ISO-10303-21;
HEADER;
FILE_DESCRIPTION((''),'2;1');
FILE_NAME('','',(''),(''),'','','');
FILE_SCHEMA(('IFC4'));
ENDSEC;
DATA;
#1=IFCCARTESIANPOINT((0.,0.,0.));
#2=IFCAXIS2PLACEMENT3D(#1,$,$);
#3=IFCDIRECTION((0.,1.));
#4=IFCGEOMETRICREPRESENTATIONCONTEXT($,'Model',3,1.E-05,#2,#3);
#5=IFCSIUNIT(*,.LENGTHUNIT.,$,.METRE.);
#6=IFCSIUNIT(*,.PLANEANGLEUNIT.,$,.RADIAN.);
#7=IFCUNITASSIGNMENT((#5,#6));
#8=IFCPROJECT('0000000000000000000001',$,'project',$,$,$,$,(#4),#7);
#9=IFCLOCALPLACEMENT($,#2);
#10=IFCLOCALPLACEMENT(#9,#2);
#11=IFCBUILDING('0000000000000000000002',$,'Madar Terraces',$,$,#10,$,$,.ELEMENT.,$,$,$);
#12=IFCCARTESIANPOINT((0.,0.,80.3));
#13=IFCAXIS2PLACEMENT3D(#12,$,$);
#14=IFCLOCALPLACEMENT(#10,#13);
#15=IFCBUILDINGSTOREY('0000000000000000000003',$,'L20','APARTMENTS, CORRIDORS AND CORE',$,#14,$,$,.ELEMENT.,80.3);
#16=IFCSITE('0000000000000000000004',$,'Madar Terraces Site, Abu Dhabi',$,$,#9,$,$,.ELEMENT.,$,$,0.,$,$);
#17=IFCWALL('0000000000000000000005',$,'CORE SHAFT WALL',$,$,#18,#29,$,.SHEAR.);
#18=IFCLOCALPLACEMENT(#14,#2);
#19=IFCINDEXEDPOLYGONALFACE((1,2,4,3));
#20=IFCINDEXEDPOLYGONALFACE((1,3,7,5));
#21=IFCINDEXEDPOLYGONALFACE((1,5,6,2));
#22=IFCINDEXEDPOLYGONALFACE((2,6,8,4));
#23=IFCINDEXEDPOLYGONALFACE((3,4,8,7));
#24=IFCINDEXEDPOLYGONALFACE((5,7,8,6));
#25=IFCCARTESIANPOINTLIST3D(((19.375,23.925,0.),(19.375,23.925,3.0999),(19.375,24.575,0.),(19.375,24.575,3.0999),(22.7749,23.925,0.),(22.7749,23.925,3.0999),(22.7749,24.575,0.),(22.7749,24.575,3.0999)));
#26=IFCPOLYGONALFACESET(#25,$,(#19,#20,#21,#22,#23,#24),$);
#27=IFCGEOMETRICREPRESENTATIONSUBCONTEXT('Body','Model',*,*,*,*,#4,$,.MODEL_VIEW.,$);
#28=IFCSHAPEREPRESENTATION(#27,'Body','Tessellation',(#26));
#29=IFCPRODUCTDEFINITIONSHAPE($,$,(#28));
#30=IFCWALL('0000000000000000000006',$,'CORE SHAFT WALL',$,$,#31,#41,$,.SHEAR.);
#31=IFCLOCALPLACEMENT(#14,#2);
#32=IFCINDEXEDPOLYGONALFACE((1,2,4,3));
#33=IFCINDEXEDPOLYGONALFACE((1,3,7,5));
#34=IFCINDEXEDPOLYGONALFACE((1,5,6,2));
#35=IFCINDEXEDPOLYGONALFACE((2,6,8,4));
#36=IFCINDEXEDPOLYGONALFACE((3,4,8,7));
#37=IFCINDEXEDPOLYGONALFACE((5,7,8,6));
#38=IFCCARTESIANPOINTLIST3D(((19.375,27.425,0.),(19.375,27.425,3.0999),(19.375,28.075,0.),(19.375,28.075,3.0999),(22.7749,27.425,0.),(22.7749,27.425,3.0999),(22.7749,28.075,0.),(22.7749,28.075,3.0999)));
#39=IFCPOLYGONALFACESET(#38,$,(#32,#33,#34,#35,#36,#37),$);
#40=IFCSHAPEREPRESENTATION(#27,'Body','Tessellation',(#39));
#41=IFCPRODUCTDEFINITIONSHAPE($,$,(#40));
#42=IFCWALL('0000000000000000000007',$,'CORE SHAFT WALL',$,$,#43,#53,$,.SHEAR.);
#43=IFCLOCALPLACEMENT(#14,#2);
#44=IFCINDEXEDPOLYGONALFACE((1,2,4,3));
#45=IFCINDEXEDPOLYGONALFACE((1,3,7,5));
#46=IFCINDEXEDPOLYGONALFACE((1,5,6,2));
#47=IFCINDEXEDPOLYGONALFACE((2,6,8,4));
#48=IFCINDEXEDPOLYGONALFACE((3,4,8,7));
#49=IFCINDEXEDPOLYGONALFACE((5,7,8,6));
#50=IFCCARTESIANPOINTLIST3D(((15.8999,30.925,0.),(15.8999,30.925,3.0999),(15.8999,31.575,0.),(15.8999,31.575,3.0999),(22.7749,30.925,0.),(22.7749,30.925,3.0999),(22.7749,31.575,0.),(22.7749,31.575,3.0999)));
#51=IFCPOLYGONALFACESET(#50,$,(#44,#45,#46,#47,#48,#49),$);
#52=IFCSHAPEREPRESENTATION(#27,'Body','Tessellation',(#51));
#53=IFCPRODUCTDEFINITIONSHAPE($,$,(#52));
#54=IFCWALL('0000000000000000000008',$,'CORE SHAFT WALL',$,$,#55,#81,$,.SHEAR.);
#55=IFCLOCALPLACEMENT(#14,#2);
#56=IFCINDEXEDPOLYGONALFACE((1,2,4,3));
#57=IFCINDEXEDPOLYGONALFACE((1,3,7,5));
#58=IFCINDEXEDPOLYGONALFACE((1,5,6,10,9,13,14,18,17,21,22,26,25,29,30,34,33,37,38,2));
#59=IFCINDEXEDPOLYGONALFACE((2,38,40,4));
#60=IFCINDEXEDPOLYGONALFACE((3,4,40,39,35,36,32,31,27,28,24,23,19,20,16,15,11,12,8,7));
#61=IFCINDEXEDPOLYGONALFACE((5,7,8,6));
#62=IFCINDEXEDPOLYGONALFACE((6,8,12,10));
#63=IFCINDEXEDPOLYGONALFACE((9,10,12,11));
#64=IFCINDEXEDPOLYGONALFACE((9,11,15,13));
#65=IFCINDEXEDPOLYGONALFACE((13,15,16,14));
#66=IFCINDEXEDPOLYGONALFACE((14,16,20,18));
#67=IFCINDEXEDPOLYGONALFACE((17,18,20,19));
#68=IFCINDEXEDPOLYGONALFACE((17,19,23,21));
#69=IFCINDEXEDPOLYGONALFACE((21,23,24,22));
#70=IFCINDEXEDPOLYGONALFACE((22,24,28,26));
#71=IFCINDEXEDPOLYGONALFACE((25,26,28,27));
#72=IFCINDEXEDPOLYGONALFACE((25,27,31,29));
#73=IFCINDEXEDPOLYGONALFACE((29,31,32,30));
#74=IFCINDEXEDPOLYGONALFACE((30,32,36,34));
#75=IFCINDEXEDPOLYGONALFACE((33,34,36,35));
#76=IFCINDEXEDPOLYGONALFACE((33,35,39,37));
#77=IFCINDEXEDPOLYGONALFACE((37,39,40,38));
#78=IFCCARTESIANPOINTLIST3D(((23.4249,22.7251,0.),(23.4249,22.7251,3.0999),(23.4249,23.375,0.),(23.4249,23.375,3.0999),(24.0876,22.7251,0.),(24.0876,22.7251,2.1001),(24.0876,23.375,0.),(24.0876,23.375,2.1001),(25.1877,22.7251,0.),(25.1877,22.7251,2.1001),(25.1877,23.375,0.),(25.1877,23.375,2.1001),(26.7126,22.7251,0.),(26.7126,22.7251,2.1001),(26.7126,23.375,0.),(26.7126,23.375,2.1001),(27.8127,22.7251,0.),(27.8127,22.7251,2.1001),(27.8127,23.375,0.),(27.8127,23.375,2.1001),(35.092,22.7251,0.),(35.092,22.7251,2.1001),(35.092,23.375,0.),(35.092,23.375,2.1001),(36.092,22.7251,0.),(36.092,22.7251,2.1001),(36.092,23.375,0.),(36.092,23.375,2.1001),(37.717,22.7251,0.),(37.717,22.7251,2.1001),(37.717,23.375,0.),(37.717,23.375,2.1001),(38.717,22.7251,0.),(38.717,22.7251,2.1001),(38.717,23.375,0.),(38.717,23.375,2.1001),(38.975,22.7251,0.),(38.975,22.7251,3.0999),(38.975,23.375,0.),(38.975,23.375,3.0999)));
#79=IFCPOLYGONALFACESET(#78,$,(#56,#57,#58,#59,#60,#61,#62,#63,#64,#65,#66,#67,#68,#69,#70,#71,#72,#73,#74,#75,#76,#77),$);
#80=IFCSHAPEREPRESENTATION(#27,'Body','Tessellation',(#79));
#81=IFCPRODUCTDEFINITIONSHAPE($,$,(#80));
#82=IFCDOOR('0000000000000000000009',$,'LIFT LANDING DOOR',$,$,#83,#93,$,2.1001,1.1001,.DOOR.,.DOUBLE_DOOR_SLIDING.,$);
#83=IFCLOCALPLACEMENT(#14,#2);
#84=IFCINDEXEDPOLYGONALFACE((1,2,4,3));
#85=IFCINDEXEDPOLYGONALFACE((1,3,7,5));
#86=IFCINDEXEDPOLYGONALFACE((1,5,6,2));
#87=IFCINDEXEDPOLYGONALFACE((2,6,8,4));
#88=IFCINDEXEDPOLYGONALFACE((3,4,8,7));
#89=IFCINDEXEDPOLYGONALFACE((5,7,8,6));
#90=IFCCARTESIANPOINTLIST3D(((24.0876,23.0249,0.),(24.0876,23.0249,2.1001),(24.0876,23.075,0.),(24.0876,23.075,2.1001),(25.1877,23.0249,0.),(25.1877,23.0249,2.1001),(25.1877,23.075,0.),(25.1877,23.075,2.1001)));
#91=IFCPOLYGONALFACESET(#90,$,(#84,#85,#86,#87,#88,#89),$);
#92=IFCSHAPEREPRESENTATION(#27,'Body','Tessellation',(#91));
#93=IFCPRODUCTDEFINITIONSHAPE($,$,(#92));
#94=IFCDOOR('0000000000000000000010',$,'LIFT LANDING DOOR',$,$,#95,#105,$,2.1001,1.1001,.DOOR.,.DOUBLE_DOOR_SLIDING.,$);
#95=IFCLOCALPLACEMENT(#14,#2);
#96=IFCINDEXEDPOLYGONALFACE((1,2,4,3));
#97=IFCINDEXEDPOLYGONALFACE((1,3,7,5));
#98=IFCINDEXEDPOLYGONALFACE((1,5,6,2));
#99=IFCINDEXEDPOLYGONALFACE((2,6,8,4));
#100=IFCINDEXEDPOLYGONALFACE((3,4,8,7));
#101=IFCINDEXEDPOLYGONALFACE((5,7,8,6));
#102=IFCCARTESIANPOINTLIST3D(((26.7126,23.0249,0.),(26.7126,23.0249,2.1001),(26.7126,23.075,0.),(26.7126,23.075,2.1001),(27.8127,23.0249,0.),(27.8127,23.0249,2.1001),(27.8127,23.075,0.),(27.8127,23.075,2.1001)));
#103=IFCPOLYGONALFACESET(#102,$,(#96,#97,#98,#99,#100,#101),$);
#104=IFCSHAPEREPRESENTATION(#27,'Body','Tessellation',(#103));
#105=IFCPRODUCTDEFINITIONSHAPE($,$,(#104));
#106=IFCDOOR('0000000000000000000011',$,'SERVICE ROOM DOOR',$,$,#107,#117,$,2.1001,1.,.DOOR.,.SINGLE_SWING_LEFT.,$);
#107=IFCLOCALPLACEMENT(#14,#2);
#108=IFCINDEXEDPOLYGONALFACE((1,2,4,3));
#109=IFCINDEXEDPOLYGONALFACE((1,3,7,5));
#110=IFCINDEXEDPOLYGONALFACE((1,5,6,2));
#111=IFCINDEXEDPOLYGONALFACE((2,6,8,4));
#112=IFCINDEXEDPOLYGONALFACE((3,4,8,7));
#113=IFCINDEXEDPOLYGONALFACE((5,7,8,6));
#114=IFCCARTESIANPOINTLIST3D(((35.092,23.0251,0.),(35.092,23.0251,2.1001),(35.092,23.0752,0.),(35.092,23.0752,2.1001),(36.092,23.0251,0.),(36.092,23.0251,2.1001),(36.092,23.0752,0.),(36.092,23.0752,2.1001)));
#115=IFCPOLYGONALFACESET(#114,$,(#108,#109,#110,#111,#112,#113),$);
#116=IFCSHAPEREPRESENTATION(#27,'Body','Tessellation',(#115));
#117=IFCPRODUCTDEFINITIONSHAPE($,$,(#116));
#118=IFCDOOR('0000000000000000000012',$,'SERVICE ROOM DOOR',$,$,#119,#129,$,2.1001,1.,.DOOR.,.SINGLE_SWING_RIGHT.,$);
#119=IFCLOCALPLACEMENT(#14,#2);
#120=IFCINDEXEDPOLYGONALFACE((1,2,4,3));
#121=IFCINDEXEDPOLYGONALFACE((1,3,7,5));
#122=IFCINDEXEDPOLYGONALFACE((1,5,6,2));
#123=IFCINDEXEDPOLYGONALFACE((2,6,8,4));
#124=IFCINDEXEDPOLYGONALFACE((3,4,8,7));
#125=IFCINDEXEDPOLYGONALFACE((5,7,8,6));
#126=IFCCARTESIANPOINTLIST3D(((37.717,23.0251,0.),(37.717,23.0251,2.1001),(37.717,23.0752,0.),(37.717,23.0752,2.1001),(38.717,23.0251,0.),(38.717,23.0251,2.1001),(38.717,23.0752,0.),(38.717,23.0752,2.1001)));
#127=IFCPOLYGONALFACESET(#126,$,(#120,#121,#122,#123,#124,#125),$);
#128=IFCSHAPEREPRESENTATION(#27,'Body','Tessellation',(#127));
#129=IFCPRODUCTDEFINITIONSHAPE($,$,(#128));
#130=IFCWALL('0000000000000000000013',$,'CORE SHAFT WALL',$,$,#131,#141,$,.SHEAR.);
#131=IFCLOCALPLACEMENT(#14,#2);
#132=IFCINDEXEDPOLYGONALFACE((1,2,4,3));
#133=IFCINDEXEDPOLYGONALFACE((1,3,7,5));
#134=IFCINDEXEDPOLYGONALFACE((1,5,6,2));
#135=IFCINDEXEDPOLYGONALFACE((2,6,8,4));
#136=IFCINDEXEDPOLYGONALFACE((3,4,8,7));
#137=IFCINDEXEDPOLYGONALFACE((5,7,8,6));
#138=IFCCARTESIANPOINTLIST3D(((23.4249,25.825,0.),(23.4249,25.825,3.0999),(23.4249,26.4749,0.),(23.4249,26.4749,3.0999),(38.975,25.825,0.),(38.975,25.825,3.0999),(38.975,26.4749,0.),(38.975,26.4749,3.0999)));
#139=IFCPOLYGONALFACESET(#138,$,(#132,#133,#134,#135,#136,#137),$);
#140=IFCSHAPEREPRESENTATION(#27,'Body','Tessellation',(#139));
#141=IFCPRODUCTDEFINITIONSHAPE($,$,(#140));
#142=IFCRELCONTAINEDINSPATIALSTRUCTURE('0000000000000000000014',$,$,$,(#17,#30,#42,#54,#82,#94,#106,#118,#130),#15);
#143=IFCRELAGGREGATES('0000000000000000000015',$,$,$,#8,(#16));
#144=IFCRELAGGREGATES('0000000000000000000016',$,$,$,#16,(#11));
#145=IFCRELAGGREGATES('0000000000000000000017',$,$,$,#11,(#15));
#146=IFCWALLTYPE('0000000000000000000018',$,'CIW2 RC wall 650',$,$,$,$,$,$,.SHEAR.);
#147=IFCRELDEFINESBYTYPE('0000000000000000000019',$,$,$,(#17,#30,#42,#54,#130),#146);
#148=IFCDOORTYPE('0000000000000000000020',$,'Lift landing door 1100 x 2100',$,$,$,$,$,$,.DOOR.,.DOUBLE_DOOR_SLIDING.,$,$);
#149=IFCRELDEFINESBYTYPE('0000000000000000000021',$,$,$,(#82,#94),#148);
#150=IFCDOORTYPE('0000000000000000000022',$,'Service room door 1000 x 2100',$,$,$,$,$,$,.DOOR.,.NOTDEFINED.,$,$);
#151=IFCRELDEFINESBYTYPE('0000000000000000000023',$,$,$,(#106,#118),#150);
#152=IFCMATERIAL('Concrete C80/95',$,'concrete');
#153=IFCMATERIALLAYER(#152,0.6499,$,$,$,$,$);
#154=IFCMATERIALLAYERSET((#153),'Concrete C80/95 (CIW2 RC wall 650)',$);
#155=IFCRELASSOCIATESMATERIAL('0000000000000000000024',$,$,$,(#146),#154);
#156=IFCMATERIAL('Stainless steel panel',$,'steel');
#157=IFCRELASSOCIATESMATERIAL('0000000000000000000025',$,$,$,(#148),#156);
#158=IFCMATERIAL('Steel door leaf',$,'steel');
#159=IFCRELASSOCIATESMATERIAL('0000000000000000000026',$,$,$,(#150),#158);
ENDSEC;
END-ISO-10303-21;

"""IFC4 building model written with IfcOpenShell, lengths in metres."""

from ifc_helpers import new_model, si_unit, direction, frame, frame_2d, origin, place, context, subcontext, project, spatial, rectangle, extrude, material, layer, layer_set, type_object, element, fill, save


model = new_model("IFC4")

# Units and contexts
model_context = context("Model", 3, precision=1e-05, world=origin(), true_north=direction((0.0, 1.0)))
body_context = subcontext(model_context, "Body", "Model", "MODEL_VIEW")
ifc_project = project(units=[si_unit("LENGTHUNIT", "METRE"), si_unit("PLANEANGLEUNIT", "RADIAN")], contexts=[model_context])

# Site, building, storey
site_placement = place(None, origin())
site = spatial("IfcSite", under=ifc_project, at=site_placement, Name="Madar Terraces Site, Abu Dhabi", CompositionType="ELEMENT", RefElevation=0.0)
building_placement = place(site_placement, origin())
building = spatial("IfcBuilding", under=site, at=building_placement, Name="Madar Terraces", CompositionType="ELEMENT")
storey_placement = place(building_placement, frame((0.0, 0.0, 80.3)))
storey = spatial("IfcBuildingStorey", under=building, at=storey_placement, Name="L20", Description="APARTMENTS, CORRIDORS AND CORE", CompositionType="ELEMENT", Elevation=80.3)

# Walls
ifc_material_1 = material(Name="Concrete C80/95", Category="concrete")
ifc_layer_1 = layer(ifc_material_1, 0.6499)
ifc_layer_set_1 = layer_set([ifc_layer_1], Name="Concrete C80/95 (CIW2 RC wall 650)")
wall_type_1 = type_object("IfcWallType", Name="CIW2 RC wall 650", PredefinedType="SHEAR", material=ifc_layer_set_1)
for number, where, z_axis, x_axis, name in (
    (1, (19.375, 24.25, 0.0), (0.0, 0.0, 1.0), (1.0, 0.0, 0.0), "CORE SHAFT WALL"),
    (2, (19.375, 27.75, 0.0), (0.0, 0.0, 1.0), (1.0, 0.0, 0.0), "CORE SHAFT WALL"),
):
    element("IfcWall", number, at=place(storey_placement, frame(where, z_axis=z_axis, x_axis=x_axis)), inside=storey, type_object=wall_type_1, Name=name, PredefinedType="SHEAR", context=body_context, shape_type="SweptSolid", body=[
        extrude(rectangle(XDim=3.3999, YDim=0.6499, at=frame_2d((1.7, 0.0))), origin(), (0.0, 0.0, 1.0), 3.0999),
    ])
wall_1_placement = place(storey_placement, frame((15.8999, 31.25, 0.0), z_axis=(0.0, 0.0, 1.0), x_axis=(1.0, 0.0, 0.0)))
element("IfcWall", 3, at=wall_1_placement, inside=storey, type_object=wall_type_1, Name="CORE SHAFT WALL", PredefinedType="SHEAR", context=body_context, shape_type="SweptSolid", body=[
    extrude(rectangle(XDim=6.875, YDim=0.6499, at=frame_2d((3.4375, 0.0))), origin(), (0.0, 0.0, 1.0), 3.0999),
])

# Wall, openings, doors
wall_2_placement = place(storey_placement, frame((23.425, 23.05, 0.0), z_axis=(0.0, 0.0, 1.0), x_axis=(1.0, 0.0, 0.0)))
wall_2 = element("IfcWall", 4, at=wall_2_placement, inside=storey, type_object=wall_type_1, Name="CORE SHAFT WALL", PredefinedType="SHEAR", context=body_context, shape_type="SweptSolid", body=[
    extrude(rectangle(XDim=15.55, YDim=0.6499, at=frame_2d((7.7749, 0.0))), origin(), (0.0, 0.0, 1.0), 3.0999),
])
opening_1_placement = place(wall_2_placement, frame((0.6626, 0.0, 0.0)))
opening_1 = element("IfcOpeningElement", 5, at=opening_1_placement, cuts=wall_2, PredefinedType="OPENING", context=body_context, shape_type="SweptSolid", body=[
    extrude(rectangle(XDim=1.1001, YDim=2.1001, at=frame_2d((0.55, 1.05))), frame((0.0, 0.335, 0.0), z_axis=(0.0, -1.0, 0.0), x_axis=(1.0, 0.0, 0.0)), (0.0, 0.0, 1.0), 0.6699),
])
opening_2_placement = place(wall_2_placement, frame((3.2876, 0.0, 0.0)))
opening_2 = element("IfcOpeningElement", 6, at=opening_2_placement, cuts=wall_2, PredefinedType="OPENING", context=body_context, shape_type="SweptSolid", body=[
    extrude(rectangle(XDim=1.1001, YDim=2.1001, at=frame_2d((0.55, 1.05))), frame((0.0, 0.335, 0.0), z_axis=(0.0, -1.0, 0.0), x_axis=(1.0, 0.0, 0.0)), (0.0, 0.0, 1.0), 0.6699),
])
opening_3_placement = place(wall_2_placement, frame((11.667, 0.0, 0.0)))
opening_3 = element("IfcOpeningElement", 7, at=opening_3_placement, cuts=wall_2, PredefinedType="OPENING", context=body_context, shape_type="SweptSolid", body=[
    extrude(rectangle(XDim=1.0, YDim=2.1001, at=frame_2d((0.5, 1.05))), frame((0.0, 0.335, 0.0), z_axis=(0.0, -1.0, 0.0), x_axis=(1.0, 0.0, 0.0)), (0.0, 0.0, 1.0), 0.6699),
])
opening_4_placement = place(wall_2_placement, frame((14.292, 0.0, 0.0)))
opening_4 = element("IfcOpeningElement", 8, at=opening_4_placement, cuts=wall_2, PredefinedType="OPENING", context=body_context, shape_type="SweptSolid", body=[
    extrude(rectangle(XDim=1.0, YDim=2.1001, at=frame_2d((0.5, 1.05))), frame((0.0, 0.335, 0.0), z_axis=(0.0, -1.0, 0.0), x_axis=(1.0, 0.0, 0.0)), (0.0, 0.0, 1.0), 0.6699),
])
ifc_material_2 = material(Name="Stainless steel panel", Category="steel")
door_type_1 = type_object("IfcDoorType", Name="Lift landing door 1100 x 2100", OperationType="DOUBLE_DOOR_SLIDING", PredefinedType="DOOR", material=ifc_material_2)
door_1_placement = place(opening_1_placement, origin())
door_1 = element("IfcDoor", 9, at=door_1_placement, inside=storey, type_object=door_type_1, Name="LIFT LANDING DOOR", OperationType="DOUBLE_DOOR_SLIDING", OverallHeight=2.1001, OverallWidth=1.1001, PredefinedType="DOOR", context=body_context, shape_type="SweptSolid", body=[
    extrude(rectangle(XDim=1.1001, YDim=2.1001, at=frame_2d((0.55, 1.05))), frame((0.0, 0.0249, 0.0), z_axis=(0.0, -1.0, 0.0), x_axis=(1.0, 0.0, 0.0)), (0.0, 0.0, 1.0), 0.05),
])
fill(opening_1, door_1)
door_2_placement = place(opening_2_placement, origin())
door_2 = element("IfcDoor", 10, at=door_2_placement, inside=storey, type_object=door_type_1, Name="LIFT LANDING DOOR", OperationType="DOUBLE_DOOR_SLIDING", OverallHeight=2.1001, OverallWidth=1.1001, PredefinedType="DOOR", context=body_context, shape_type="SweptSolid", body=[
    extrude(rectangle(XDim=1.1001, YDim=2.1001, at=frame_2d((0.55, 1.05))), frame((0.0, 0.0249, 0.0), z_axis=(0.0, -1.0, 0.0), x_axis=(1.0, 0.0, 0.0)), (0.0, 0.0, 1.0), 0.05),
])
fill(opening_2, door_2)
ifc_material_3 = material(Name="Steel door leaf", Category="steel")
door_type_2 = type_object("IfcDoorType", Name="Service room door 1000 x 2100", OperationType="NOTDEFINED", PredefinedType="DOOR", material=ifc_material_3)
door_3_placement = place(opening_3_placement, frame((1.0, 0.0, 0.0), z_axis=(0.0, 0.0, 1.0), x_axis=(-1.0, 0.0, 0.0)))
door_3 = element("IfcDoor", 11, at=door_3_placement, inside=storey, type_object=door_type_2, Name="SERVICE ROOM DOOR", OperationType="SINGLE_SWING_LEFT", OverallHeight=2.1001, OverallWidth=1.0, PredefinedType="DOOR", context=body_context, shape_type="SweptSolid", body=[
    extrude(rectangle(XDim=1.0, YDim=2.1001, at=frame_2d((0.5, 1.05))), frame((0.0, 0.0249, 0.0), z_axis=(0.0, -1.0, 0.0), x_axis=(1.0, 0.0, 0.0)), (0.0, 0.0, 1.0), 0.05),
])
fill(opening_3, door_3)
door_4_placement = place(opening_4_placement, frame((1.0, 0.0, 0.0), z_axis=(0.0, 0.0, 1.0), x_axis=(-1.0, 0.0, 0.0)))
door_4 = element("IfcDoor", 12, at=door_4_placement, inside=storey, type_object=door_type_2, Name="SERVICE ROOM DOOR", OperationType="SINGLE_SWING_RIGHT", OverallHeight=2.1001, OverallWidth=1.0, PredefinedType="DOOR", context=body_context, shape_type="SweptSolid", body=[
    extrude(rectangle(XDim=1.0, YDim=2.1001, at=frame_2d((0.5, 1.05))), frame((0.0, 0.0249, 0.0), z_axis=(0.0, -1.0, 0.0), x_axis=(1.0, 0.0, 0.0)), (0.0, 0.0, 1.0), 0.05),
])
fill(opening_4, door_4)

# Wall
wall_3_placement = place(storey_placement, frame((23.425, 26.1499, 0.0), z_axis=(0.0, 0.0, 1.0), x_axis=(1.0, 0.0, 0.0)))
element("IfcWall", 13, at=wall_3_placement, inside=storey, type_object=wall_type_1, Name="CORE SHAFT WALL", PredefinedType="SHEAR", context=body_context, shape_type="SweptSolid", body=[
    extrude(rectangle(XDim=15.55, YDim=0.6499, at=frame_2d((7.7749, 0.0))), origin(), (0.0, 0.0, 1.0), 3.0999),
])

save(model, "model.ifc")
